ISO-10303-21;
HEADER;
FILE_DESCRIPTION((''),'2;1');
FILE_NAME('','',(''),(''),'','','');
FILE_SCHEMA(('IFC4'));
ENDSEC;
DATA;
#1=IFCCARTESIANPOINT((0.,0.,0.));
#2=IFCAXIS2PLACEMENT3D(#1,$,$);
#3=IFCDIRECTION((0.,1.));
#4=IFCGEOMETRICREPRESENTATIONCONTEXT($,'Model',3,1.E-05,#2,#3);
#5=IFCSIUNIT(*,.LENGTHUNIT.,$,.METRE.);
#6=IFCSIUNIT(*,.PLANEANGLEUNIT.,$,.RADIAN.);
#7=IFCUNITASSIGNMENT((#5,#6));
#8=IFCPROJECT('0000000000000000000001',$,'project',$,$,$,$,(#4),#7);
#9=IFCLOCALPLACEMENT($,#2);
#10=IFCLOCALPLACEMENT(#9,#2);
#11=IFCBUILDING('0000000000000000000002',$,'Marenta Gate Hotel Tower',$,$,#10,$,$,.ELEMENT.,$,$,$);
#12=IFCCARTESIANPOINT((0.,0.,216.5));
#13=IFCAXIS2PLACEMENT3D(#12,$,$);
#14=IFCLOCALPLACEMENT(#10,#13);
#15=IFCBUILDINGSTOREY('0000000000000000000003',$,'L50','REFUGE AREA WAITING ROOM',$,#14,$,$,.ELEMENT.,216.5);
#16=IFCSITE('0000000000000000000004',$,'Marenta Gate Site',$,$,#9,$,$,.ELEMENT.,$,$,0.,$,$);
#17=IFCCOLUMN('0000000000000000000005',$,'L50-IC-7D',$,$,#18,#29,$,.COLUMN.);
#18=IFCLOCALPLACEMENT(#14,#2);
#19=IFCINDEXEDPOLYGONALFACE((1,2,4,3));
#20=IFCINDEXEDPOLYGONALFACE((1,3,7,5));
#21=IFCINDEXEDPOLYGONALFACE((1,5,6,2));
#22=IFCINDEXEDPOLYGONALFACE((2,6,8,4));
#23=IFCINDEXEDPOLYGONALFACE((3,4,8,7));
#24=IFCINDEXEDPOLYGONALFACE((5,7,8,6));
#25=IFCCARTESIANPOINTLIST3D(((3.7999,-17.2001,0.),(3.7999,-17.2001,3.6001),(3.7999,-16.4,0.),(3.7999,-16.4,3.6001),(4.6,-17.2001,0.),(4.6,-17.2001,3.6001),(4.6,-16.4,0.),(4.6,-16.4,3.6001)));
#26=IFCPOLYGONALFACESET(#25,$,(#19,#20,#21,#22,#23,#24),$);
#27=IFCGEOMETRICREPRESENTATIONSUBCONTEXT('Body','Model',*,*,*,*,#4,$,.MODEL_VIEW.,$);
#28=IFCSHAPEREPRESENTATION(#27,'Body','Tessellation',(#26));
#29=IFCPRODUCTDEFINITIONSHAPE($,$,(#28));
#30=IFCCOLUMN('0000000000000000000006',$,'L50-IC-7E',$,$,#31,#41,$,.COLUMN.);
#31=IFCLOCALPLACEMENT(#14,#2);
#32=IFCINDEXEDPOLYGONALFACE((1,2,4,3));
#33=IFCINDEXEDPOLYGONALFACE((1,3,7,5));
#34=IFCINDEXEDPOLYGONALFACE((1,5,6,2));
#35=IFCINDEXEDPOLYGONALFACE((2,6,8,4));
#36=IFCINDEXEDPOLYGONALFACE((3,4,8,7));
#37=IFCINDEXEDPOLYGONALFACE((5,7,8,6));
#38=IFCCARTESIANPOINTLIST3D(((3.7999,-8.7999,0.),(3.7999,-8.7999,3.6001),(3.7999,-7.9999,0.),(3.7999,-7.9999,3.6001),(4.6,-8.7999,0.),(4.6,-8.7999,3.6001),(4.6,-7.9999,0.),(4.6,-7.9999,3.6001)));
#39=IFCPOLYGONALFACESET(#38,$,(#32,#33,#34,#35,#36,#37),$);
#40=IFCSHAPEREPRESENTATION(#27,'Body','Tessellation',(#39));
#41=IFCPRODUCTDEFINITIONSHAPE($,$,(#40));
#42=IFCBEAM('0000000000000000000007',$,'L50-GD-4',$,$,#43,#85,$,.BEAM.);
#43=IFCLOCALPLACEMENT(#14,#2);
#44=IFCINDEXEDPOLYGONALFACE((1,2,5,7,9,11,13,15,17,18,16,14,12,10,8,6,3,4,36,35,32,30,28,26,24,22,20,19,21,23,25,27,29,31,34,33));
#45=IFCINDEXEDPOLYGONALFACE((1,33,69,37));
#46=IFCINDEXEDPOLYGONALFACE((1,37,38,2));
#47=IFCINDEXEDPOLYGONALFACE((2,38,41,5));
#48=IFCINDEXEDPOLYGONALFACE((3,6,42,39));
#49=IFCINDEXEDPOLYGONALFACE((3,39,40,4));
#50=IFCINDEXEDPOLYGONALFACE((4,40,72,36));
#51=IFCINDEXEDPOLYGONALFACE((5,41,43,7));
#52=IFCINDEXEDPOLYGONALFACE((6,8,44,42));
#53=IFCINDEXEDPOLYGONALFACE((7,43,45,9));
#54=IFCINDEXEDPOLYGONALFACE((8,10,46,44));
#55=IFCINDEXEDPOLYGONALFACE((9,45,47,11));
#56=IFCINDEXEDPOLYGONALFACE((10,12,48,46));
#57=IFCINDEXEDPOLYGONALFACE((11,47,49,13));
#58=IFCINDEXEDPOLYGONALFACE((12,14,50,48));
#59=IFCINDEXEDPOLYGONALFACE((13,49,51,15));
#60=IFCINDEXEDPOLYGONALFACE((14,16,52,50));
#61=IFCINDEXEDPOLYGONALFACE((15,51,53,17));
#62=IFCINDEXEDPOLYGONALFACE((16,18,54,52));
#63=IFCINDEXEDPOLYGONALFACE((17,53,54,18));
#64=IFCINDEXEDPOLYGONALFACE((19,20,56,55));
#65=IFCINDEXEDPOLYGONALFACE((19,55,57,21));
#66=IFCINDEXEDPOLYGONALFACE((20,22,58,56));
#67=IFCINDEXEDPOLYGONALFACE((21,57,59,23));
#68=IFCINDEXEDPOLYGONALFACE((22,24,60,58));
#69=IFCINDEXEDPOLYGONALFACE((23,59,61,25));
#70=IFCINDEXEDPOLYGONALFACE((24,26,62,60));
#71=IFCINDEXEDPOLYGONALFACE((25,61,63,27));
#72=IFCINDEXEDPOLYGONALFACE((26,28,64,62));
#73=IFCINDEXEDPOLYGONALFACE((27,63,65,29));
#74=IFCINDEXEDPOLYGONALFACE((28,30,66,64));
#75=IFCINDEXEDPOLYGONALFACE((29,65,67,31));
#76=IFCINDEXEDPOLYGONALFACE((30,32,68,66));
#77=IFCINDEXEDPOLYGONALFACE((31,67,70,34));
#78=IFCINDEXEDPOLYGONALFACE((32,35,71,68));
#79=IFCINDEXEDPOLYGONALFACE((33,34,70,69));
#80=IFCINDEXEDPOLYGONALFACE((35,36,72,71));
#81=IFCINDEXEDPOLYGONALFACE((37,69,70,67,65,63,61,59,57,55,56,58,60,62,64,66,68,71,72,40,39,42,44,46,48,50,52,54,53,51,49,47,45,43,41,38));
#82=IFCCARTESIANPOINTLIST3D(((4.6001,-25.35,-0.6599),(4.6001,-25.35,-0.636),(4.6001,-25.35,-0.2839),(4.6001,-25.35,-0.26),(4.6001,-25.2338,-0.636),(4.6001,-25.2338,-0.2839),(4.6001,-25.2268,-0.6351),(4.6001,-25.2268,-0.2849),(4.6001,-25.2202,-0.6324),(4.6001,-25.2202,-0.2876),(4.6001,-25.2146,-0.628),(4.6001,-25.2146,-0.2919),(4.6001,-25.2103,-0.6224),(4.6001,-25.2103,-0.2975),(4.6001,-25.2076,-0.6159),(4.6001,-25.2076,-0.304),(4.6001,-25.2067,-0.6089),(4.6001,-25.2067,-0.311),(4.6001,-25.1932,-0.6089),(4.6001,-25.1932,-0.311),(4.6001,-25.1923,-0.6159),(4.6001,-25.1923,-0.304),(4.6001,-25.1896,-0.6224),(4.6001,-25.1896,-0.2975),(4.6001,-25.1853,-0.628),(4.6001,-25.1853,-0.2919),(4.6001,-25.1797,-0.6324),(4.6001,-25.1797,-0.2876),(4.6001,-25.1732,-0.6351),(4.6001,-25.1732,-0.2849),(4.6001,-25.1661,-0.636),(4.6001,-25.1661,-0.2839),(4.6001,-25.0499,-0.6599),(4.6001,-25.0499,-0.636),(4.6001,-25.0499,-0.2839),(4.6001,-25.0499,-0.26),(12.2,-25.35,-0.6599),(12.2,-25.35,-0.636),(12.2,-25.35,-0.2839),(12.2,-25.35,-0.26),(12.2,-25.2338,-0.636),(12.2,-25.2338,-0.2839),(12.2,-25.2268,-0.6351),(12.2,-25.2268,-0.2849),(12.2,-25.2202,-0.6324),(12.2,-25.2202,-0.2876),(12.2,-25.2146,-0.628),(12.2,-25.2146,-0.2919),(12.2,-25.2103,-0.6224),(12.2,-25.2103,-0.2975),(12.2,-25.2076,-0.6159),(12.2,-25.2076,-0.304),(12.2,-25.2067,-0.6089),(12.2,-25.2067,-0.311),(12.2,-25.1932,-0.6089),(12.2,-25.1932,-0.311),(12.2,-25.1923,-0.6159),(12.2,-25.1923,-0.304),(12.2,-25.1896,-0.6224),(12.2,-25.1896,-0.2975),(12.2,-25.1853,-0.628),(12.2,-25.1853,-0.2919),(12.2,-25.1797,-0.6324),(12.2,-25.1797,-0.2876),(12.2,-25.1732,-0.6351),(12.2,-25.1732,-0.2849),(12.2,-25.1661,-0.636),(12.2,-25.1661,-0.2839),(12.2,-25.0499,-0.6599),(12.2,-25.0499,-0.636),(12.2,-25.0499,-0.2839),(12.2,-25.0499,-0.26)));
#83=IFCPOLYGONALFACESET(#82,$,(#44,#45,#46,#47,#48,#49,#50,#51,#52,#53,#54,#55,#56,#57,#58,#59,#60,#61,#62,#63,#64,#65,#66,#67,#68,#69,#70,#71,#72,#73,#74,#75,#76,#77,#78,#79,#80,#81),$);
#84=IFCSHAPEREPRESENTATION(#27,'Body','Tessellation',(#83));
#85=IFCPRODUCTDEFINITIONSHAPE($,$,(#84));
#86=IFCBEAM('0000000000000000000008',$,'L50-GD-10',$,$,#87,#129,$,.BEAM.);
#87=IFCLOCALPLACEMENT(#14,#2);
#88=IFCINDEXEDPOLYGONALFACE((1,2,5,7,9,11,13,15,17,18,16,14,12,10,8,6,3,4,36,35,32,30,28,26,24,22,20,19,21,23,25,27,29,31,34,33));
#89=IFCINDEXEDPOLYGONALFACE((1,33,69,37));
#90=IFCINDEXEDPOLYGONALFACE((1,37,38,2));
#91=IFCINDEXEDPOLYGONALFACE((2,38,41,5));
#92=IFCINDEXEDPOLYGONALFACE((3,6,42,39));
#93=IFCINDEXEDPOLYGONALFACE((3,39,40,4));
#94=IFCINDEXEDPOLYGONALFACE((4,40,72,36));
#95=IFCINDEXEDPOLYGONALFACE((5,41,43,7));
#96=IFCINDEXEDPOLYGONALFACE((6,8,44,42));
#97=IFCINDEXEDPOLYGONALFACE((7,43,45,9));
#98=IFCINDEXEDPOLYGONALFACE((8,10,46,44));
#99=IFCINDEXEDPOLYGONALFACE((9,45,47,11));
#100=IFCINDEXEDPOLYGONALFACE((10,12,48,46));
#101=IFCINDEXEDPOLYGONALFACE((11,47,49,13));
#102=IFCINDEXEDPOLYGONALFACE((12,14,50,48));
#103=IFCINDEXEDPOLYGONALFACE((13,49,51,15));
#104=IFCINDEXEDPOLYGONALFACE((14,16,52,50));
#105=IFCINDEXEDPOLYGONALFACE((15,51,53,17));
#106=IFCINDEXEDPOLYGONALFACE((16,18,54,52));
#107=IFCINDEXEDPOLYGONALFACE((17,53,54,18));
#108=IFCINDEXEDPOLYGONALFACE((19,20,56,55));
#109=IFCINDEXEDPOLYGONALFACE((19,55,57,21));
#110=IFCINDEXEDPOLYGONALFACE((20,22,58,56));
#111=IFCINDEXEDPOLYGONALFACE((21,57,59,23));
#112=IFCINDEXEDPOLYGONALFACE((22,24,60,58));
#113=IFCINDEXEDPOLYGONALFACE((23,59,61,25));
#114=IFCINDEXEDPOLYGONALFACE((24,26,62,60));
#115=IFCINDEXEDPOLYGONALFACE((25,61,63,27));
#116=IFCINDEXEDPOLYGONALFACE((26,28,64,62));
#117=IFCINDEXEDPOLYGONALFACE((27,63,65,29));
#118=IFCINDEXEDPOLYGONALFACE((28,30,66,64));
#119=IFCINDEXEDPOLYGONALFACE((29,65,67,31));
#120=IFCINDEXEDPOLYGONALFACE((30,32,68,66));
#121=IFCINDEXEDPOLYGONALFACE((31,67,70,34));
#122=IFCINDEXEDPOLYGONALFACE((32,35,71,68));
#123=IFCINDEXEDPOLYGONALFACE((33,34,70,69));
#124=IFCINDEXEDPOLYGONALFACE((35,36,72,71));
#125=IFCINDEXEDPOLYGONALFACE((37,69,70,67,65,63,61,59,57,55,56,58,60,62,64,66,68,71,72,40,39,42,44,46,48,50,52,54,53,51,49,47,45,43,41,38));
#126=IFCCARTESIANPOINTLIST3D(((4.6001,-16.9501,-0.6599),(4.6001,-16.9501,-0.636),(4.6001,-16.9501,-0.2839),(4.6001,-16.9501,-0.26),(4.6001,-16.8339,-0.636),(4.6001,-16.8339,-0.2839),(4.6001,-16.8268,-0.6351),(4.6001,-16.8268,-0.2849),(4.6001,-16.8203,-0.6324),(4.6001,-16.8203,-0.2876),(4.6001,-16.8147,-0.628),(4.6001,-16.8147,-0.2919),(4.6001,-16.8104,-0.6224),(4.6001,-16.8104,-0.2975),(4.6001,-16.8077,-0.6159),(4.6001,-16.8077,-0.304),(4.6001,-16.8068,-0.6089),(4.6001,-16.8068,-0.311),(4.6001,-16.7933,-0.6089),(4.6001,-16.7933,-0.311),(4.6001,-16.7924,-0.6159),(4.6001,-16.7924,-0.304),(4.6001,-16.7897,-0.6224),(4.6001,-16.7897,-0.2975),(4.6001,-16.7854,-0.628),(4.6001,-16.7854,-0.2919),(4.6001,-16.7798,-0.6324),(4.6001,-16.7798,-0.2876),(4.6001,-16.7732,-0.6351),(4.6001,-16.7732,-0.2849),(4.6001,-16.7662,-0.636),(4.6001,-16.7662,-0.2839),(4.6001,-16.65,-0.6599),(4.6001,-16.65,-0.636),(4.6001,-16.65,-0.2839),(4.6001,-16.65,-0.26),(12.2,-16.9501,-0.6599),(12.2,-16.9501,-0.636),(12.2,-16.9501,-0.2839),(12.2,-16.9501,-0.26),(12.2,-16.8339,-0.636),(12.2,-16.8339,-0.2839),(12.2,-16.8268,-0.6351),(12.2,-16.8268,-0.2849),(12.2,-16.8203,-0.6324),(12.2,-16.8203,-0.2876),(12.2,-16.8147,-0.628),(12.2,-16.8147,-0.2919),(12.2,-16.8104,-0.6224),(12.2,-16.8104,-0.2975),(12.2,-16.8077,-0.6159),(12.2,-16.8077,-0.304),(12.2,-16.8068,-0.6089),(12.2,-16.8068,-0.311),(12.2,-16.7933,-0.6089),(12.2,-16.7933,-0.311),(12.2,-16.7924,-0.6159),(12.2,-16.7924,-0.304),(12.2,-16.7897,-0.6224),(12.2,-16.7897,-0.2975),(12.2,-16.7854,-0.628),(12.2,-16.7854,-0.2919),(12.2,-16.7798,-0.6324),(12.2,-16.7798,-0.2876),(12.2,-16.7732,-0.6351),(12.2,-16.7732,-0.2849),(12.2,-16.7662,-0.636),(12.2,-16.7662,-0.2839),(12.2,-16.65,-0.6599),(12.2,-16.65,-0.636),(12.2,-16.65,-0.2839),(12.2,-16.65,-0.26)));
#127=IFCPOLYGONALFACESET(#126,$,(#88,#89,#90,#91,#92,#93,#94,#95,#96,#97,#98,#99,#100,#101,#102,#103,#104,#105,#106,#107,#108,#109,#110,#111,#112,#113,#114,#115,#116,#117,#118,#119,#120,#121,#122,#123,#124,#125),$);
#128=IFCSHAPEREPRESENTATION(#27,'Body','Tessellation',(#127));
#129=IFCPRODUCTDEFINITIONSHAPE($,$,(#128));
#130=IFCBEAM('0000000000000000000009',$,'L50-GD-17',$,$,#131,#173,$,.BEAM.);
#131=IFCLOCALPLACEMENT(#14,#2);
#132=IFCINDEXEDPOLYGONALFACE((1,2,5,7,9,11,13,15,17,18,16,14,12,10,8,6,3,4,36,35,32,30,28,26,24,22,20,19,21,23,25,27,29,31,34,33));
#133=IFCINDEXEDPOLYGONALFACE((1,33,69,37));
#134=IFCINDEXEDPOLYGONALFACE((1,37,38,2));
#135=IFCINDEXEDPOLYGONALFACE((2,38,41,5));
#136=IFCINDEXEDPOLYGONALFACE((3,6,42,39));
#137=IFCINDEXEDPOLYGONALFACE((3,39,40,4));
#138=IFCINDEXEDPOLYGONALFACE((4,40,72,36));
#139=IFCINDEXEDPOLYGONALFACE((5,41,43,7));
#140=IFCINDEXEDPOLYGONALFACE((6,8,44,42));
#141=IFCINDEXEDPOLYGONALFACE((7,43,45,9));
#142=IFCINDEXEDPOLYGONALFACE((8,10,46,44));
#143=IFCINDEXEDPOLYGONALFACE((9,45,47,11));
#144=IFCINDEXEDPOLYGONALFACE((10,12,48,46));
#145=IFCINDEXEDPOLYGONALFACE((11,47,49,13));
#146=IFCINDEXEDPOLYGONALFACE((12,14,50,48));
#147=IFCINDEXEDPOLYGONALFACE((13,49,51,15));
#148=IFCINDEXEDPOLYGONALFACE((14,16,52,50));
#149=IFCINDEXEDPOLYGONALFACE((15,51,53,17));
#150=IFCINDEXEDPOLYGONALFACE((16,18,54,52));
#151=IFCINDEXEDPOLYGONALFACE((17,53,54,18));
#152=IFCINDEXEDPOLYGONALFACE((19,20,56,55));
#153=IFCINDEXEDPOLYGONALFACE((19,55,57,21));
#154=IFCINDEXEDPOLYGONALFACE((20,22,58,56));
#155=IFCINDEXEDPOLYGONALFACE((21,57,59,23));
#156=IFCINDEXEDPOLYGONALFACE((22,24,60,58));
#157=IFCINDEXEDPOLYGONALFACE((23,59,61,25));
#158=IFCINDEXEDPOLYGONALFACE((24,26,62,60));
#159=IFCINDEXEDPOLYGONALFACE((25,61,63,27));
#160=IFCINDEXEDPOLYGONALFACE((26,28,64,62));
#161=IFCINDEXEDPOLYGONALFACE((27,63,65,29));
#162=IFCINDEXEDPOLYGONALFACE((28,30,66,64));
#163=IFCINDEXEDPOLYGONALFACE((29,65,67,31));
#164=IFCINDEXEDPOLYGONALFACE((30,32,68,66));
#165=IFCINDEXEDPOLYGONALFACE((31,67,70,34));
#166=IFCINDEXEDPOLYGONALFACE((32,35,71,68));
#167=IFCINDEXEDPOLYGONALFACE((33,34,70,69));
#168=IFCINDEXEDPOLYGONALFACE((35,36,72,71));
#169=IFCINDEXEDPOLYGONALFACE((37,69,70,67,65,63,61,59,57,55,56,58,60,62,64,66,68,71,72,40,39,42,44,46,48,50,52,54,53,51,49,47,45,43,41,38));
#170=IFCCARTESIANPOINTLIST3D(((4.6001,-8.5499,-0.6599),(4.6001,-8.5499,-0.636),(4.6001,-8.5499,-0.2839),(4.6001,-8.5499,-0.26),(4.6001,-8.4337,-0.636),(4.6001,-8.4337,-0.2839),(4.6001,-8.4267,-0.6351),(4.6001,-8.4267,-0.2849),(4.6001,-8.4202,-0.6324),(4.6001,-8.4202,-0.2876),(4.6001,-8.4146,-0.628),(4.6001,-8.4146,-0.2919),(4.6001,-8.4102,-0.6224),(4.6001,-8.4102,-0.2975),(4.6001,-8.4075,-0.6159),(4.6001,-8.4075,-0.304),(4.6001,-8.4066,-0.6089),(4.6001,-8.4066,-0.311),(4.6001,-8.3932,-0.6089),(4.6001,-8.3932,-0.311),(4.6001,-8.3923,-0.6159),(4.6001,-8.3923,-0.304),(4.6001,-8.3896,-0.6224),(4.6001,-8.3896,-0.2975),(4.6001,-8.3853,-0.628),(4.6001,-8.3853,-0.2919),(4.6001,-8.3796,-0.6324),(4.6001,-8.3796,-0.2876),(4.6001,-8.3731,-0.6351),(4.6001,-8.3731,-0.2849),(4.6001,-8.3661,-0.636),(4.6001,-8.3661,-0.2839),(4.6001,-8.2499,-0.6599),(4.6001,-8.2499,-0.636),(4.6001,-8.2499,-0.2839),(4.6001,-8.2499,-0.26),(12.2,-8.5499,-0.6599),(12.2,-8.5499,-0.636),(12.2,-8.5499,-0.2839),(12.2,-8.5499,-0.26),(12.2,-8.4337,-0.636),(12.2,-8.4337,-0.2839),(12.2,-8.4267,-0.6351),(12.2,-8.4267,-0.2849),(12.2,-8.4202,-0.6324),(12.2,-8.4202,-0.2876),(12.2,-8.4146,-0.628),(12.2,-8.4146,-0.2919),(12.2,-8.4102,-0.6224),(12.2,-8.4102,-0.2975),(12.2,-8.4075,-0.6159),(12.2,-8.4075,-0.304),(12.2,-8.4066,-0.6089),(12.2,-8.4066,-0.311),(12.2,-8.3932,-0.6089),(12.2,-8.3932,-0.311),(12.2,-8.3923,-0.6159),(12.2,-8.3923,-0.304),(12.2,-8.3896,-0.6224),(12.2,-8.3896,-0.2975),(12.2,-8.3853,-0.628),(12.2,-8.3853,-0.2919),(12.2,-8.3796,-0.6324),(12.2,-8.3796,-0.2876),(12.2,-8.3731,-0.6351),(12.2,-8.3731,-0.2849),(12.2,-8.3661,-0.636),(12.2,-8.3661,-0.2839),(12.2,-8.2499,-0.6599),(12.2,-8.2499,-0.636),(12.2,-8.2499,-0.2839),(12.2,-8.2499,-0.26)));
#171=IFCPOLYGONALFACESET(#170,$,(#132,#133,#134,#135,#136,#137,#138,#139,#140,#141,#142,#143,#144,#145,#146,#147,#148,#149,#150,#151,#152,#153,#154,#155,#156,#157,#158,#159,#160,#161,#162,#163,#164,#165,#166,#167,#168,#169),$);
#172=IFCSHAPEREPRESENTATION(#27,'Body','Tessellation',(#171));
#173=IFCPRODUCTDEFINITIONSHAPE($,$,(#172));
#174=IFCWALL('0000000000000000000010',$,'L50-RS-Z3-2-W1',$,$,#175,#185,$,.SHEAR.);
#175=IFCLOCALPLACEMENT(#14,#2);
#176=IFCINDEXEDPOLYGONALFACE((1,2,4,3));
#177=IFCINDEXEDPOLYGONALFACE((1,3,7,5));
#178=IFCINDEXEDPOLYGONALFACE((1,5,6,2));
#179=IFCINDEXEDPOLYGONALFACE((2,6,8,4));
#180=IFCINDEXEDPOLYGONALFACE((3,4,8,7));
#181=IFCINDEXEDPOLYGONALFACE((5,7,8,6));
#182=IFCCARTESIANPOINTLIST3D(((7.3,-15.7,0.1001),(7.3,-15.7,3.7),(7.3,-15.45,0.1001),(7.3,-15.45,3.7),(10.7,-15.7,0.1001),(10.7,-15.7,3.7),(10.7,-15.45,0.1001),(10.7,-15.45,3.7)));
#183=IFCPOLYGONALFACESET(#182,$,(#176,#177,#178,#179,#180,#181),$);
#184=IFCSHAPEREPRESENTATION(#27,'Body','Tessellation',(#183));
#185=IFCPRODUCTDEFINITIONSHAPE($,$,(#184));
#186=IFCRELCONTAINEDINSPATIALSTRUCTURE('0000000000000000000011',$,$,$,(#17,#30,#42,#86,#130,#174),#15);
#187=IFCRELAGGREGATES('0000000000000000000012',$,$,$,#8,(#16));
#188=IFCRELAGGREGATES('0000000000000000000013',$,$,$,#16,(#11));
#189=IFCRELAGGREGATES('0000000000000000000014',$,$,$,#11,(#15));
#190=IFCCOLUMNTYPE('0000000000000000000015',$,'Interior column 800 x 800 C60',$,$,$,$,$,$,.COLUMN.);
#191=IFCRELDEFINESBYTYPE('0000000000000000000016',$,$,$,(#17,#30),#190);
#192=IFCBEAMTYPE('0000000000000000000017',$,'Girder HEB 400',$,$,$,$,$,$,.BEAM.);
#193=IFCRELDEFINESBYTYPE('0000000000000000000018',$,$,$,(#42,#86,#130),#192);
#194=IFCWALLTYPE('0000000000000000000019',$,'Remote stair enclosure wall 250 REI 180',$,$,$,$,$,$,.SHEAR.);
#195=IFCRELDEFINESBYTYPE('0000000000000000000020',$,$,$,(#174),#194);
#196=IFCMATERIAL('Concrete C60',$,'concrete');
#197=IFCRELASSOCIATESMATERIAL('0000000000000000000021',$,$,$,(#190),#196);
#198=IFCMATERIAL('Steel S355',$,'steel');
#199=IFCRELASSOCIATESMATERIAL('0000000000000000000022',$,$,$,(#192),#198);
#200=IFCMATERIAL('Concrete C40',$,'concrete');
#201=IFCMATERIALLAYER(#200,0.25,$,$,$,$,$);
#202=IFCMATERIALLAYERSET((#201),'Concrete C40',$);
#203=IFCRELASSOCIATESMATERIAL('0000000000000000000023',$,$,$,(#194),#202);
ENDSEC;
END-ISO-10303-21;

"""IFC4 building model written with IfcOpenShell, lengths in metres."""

from ifc_helpers import new_model, si_unit, direction, frame, frame_2d, origin, origin_2d, place, context, subcontext, project, spatial, rectangle, i_section, extrude, material, layer, layer_set, material_profile, profile_set, type_object, element, save


model = new_model("IFC4")

# Units and contexts
model_context = context("Model", 3, precision=1e-05, world=origin(), true_north=direction((0.0, 1.0)))
body_context = subcontext(model_context, "Body", "Model", "MODEL_VIEW")
ifc_project = project(units=[si_unit("LENGTHUNIT", "METRE"), si_unit("PLANEANGLEUNIT", "RADIAN")], contexts=[model_context])

# Site, building, storey
site_placement = place(None, origin())
site = spatial("IfcSite", under=ifc_project, at=site_placement, Name="Marenta Gate Site", CompositionType="ELEMENT", RefElevation=0.0)
building_placement = place(site_placement, origin())
building = spatial("IfcBuilding", under=site, at=building_placement, Name="Marenta Gate Hotel Tower", CompositionType="ELEMENT")
storey_placement = place(building_placement, frame((0.0, 0.0, 216.5)))
storey = spatial("IfcBuildingStorey", under=building, at=storey_placement, Name="L50", Description="REFUGE AREA WAITING ROOM", CompositionType="ELEMENT", Elevation=216.5)

# Columns
ifc_material_1 = material(Name="Concrete C60", Category="concrete")
ifc_material_profile_1 = material_profile(ifc_material_1, rectangle(XDim=0.8, YDim=0.8, at=origin_2d()), Name="800 x 800")
ifc_profile_set_1 = profile_set([ifc_material_profile_1], Name="Concrete C60")
column_type = type_object("IfcColumnType", Name="Interior column 800 x 800 C60", PredefinedType="COLUMN", material=ifc_profile_set_1)
for number, where, z_axis, x_axis, name in (
    (1, (4.2, -16.8, 0.0), (0.0, 0.0, 1.0), (1.0, 0.0, 0.0), "L50-IC-7D"),
    (2, (4.2, -8.3999, 0.0), (0.0, 0.0, 1.0), (1.0, 0.0, 0.0), "L50-IC-7E"),
):
    element("IfcColumn", number, at=place(storey_placement, frame(where, z_axis=z_axis, x_axis=x_axis)), inside=storey, type_object=column_type, Name=name, PredefinedType="COLUMN", context=body_context, shape_type="SweptSolid", body=[
        extrude(rectangle(XDim=0.8, YDim=0.8, at=origin_2d()), origin(), (0.0, 0.0, 1.0), 3.6001),
    ])

# Beams
ifc_material_2 = material(Name="Steel S355", Category="steel")
ifc_material_profile_2 = material_profile(ifc_material_2, i_section(OverallWidth=0.3, OverallDepth=0.3999, WebThickness=0.0134, FlangeThickness=0.0239, FilletRadius=0.0271, at=origin_2d()), Name="HEB 400")
ifc_profile_set_2 = profile_set([ifc_material_profile_2], Name="Steel S355")
beam_type = type_object("IfcBeamType", Name="Girder HEB 400", PredefinedType="BEAM", material=ifc_profile_set_2)
for number, where, z_axis, x_axis, name in (
    (3, (4.6001, -25.2, -0.46), (1.0, 0.0, 0.0), (0.0, 1.0, 0.0), "L50-GD-4"),
    (4, (4.6001, -16.8, -0.46), (1.0, 0.0, 0.0), (0.0, 1.0, 0.0), "L50-GD-10"),
    (5, (4.6001, -8.3999, -0.46), (1.0, 0.0, 0.0), (0.0, 1.0, 0.0), "L50-GD-17"),
):
    element("IfcBeam", number, at=place(storey_placement, frame(where, z_axis=z_axis, x_axis=x_axis)), inside=storey, type_object=beam_type, Name=name, PredefinedType="BEAM", context=body_context, shape_type="SweptSolid", body=[
        extrude(i_section(OverallWidth=0.3, OverallDepth=0.3999, WebThickness=0.0134, FlangeThickness=0.0239, FilletRadius=0.0271, at=origin_2d()), origin(), (0.0, 0.0, 1.0), 7.5999),
    ])

# Wall
ifc_material_3 = material(Name="Concrete C40", Category="concrete")
ifc_layer_1 = layer(ifc_material_3, 0.25)
ifc_layer_set_1 = layer_set([ifc_layer_1], Name="Concrete C40")
wall_type_1 = type_object("IfcWallType", Name="Remote stair enclosure wall 250 REI 180", PredefinedType="SHEAR", material=ifc_layer_set_1)
wall_1_placement = place(storey_placement, frame((7.3, -15.575, 0.1001), z_axis=(0.0, 0.0, 1.0), x_axis=(1.0, 0.0, 0.0)))
element("IfcWall", 6, at=wall_1_placement, inside=storey, type_object=wall_type_1, Name="L50-RS-Z3-2-W1", PredefinedType="SHEAR", context=body_context, shape_type="SweptSolid", body=[
    extrude(rectangle(XDim=3.3999, YDim=0.25, at=frame_2d((1.7, 0.0))), origin(), (0.0, 0.0, 1.0), 3.5999),
])

save(model, "model.ifc")
